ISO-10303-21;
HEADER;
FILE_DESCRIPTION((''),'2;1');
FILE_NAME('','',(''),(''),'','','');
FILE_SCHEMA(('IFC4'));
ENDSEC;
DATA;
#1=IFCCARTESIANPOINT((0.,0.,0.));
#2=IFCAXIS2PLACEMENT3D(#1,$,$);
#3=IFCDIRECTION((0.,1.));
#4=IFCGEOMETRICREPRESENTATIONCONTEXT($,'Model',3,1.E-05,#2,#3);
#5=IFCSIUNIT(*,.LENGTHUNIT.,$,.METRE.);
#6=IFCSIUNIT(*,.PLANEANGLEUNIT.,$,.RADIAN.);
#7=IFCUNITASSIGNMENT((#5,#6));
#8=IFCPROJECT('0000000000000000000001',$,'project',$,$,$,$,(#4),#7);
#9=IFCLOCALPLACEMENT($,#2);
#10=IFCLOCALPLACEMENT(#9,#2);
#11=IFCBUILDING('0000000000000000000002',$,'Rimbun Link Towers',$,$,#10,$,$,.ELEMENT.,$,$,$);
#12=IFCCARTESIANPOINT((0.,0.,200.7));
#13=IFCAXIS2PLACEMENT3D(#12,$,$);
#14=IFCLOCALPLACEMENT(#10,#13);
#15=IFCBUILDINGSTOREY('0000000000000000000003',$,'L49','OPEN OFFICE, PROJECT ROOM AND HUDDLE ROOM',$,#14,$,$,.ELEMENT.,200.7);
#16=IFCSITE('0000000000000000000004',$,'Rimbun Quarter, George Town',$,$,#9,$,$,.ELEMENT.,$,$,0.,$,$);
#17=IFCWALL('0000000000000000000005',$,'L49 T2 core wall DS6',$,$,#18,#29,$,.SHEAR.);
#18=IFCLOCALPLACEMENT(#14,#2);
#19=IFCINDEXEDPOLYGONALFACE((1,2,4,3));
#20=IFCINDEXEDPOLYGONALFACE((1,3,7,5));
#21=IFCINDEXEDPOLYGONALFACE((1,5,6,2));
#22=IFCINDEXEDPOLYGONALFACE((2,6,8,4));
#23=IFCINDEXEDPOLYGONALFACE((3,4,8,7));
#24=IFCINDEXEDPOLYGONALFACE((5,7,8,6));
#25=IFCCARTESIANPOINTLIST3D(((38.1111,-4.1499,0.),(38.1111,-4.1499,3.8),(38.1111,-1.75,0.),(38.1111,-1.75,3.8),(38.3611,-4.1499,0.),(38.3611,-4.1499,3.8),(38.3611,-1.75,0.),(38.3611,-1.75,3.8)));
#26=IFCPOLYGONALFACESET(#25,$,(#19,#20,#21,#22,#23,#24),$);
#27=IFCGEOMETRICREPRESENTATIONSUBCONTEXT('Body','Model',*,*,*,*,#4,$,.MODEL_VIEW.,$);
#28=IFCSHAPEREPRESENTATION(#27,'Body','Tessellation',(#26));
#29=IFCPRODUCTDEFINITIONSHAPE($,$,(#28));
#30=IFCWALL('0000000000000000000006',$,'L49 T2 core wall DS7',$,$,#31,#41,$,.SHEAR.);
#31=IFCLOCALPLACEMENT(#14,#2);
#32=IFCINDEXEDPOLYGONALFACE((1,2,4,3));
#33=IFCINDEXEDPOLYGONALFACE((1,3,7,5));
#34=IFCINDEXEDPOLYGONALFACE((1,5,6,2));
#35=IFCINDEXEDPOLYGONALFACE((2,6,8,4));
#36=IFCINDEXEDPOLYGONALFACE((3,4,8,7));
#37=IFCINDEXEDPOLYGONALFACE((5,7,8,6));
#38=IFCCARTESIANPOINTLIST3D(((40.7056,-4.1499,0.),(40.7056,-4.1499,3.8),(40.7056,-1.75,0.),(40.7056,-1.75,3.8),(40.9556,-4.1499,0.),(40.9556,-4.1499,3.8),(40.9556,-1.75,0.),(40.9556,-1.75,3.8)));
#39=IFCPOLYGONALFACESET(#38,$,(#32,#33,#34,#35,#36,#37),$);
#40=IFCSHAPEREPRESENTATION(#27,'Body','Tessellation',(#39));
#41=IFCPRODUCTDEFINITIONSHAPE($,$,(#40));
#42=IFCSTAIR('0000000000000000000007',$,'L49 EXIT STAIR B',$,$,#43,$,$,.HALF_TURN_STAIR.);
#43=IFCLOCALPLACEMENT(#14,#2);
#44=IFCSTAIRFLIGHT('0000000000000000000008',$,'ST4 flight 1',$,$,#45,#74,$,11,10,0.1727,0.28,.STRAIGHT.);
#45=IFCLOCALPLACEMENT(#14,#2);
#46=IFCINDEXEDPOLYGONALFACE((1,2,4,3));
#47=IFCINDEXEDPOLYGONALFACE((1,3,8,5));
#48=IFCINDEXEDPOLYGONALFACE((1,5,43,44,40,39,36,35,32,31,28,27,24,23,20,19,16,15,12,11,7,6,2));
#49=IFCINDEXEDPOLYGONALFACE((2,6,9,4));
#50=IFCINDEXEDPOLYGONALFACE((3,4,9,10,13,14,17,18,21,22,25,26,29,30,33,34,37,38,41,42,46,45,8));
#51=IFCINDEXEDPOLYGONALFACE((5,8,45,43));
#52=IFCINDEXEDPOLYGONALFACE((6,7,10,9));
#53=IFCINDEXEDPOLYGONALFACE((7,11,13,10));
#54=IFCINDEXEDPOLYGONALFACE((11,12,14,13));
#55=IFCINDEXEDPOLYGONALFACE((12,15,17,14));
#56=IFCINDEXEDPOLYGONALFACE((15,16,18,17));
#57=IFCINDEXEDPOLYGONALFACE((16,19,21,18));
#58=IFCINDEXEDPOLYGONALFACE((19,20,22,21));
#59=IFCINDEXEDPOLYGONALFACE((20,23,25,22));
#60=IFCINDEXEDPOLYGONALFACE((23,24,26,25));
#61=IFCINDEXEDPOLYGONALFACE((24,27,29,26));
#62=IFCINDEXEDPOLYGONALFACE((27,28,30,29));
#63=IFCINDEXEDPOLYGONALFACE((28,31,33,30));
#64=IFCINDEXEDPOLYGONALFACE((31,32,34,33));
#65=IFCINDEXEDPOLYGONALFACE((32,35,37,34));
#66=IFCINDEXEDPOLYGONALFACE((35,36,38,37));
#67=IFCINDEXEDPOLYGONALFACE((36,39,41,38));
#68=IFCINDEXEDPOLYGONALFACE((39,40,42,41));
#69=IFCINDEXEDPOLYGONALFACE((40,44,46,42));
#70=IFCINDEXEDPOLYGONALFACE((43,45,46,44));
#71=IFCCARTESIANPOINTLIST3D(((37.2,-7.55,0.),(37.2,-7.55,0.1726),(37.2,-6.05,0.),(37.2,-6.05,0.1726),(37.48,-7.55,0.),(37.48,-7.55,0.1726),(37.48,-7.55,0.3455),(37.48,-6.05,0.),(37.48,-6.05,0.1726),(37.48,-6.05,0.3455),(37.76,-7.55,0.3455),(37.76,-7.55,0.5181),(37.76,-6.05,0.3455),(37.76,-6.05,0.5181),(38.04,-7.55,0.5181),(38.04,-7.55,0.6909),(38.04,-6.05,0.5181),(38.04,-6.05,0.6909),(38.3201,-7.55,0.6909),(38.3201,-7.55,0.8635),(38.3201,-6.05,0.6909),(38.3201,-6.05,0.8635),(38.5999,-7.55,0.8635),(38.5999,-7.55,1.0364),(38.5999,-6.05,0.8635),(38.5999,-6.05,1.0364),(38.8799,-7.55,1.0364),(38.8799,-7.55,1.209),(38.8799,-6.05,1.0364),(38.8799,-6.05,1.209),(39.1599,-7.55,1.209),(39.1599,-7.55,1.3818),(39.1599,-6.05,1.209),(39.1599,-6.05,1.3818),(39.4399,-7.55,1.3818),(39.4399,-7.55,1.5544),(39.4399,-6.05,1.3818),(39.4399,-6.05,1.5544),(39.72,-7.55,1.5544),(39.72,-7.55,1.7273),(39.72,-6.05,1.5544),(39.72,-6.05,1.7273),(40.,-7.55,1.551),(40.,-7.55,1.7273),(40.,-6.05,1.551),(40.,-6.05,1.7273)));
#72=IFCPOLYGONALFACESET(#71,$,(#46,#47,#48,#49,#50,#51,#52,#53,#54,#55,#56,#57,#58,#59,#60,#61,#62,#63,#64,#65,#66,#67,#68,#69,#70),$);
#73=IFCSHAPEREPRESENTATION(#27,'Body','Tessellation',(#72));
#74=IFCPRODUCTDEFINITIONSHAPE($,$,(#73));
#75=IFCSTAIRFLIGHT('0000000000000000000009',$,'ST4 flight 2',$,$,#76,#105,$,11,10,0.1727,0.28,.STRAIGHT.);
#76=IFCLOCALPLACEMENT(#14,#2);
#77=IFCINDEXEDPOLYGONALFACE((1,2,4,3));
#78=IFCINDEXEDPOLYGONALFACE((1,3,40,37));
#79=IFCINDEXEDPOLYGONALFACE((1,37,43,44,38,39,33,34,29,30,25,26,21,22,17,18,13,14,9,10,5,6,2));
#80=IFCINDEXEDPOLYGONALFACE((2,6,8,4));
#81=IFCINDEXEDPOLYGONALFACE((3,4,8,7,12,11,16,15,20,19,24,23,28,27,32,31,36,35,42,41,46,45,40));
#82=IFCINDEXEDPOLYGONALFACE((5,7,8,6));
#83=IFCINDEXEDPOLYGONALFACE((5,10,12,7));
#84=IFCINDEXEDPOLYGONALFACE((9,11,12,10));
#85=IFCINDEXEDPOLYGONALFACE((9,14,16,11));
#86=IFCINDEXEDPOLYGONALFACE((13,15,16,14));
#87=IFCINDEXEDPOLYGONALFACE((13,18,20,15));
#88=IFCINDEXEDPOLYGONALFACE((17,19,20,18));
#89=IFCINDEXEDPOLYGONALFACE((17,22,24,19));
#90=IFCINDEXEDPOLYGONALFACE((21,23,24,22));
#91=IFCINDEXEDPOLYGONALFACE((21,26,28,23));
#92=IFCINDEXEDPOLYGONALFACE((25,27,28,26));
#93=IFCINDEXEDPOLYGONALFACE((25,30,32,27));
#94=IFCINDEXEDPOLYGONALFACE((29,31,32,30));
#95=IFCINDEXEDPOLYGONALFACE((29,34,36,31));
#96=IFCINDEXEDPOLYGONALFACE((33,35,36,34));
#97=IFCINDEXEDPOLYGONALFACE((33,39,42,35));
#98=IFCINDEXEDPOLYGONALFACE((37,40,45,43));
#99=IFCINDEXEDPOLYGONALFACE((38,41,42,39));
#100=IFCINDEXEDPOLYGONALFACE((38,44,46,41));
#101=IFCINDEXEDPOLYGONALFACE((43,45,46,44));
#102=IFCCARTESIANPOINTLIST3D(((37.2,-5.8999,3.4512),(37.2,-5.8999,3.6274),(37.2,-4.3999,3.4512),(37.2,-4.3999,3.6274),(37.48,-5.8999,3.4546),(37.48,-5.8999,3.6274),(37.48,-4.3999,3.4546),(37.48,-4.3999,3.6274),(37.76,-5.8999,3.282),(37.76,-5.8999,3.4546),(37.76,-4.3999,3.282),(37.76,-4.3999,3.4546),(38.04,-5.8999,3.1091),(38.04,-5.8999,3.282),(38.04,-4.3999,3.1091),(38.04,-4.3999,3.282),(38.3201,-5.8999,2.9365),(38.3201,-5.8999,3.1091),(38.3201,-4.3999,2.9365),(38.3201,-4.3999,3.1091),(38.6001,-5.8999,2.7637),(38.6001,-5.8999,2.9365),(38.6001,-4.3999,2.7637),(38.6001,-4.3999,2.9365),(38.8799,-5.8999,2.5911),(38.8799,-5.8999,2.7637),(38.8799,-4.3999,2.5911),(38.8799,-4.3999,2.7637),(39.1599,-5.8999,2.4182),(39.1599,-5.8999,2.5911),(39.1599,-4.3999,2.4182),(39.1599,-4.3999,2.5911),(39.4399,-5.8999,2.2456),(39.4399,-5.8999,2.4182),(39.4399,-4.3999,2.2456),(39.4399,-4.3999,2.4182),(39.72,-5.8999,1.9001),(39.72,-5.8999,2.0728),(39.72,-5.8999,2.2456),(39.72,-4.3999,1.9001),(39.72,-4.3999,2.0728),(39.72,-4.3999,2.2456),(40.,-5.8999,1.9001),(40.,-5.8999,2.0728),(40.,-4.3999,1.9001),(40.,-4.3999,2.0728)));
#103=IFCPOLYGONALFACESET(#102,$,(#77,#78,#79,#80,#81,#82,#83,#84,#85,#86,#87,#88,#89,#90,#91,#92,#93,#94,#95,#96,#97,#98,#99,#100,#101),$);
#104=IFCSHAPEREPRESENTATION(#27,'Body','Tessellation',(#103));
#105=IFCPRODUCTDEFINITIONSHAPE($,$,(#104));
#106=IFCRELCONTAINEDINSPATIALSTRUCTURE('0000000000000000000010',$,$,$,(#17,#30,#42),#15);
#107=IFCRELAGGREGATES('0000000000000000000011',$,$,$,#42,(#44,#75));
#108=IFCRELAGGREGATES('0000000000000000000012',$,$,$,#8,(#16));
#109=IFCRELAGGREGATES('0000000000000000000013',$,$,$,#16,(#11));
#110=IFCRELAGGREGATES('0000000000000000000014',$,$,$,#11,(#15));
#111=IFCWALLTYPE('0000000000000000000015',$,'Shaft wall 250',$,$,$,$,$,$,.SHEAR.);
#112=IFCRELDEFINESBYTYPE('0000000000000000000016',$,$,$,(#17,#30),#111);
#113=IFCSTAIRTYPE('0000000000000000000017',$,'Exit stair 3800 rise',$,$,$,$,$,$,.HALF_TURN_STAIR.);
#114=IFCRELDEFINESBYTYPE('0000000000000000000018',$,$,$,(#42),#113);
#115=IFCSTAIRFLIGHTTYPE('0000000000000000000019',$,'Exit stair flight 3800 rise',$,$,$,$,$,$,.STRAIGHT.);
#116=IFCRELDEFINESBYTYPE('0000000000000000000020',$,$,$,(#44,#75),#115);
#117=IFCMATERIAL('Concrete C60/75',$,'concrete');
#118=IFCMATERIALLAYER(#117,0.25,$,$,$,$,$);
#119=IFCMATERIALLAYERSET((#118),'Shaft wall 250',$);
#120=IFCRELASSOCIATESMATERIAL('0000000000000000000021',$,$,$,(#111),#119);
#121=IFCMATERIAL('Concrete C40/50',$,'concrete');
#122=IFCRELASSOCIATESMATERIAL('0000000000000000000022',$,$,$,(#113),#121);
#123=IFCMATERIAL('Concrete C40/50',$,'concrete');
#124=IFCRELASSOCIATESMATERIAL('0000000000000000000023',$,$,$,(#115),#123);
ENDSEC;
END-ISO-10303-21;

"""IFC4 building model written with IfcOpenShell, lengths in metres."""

from ifc_helpers import new_model, si_unit, direction, frame, frame_2d, origin, place, context, subcontext, project, spatial, polyline, rectangle, outline, extrude, material, layer, layer_set, type_object, element, aggregate, save


model = new_model("IFC4")

# Units and contexts
model_context = context("Model", 3, precision=1e-05, world=origin(), true_north=direction((0.0, 1.0)))
body_context = subcontext(model_context, "Body", "Model", "MODEL_VIEW")
ifc_project = project(units=[si_unit("LENGTHUNIT", "METRE"), si_unit("PLANEANGLEUNIT", "RADIAN")], contexts=[model_context])

# Site, building, storey
site_placement = place(None, origin())
site = spatial("IfcSite", under=ifc_project, at=site_placement, Name="Rimbun Quarter, George Town", CompositionType="ELEMENT", RefElevation=0.0)
building_placement = place(site_placement, origin())
building = spatial("IfcBuilding", under=site, at=building_placement, Name="Rimbun Link Towers", CompositionType="ELEMENT")
storey_placement = place(building_placement, frame((0.0, 0.0, 200.7)))
storey = spatial("IfcBuildingStorey", under=building, at=storey_placement, Name="L49", Description="OPEN OFFICE, PROJECT ROOM AND HUDDLE ROOM", CompositionType="ELEMENT", Elevation=200.7)

# Walls
ifc_material_1 = material(Name="Concrete C60/75", Category="concrete")
ifc_layer_1 = layer(ifc_material_1, 0.25)
ifc_layer_set_1 = layer_set([ifc_layer_1], Name="Shaft wall 250")
wall_type_1 = type_object("IfcWallType", Name="Shaft wall 250", PredefinedType="SHEAR", material=ifc_layer_set_1)
for number, where, z_axis, x_axis, name in (
    (1, (38.2361, -4.1499, 0.0), (0.0, 0.0, 1.0), (0.0, 1.0, 0.0), "L49 T2 core wall DS6"),
    (2, (40.8306, -4.1499, 0.0), (0.0, 0.0, 1.0), (0.0, 1.0, 0.0), "L49 T2 core wall DS7"),
):
    element("IfcWall", number, at=place(storey_placement, frame(where, z_axis=z_axis, x_axis=x_axis)), inside=storey, type_object=wall_type_1, Name=name, PredefinedType="SHEAR", context=body_context, shape_type="SweptSolid", body=[
        extrude(rectangle(XDim=2.3999, YDim=0.25, at=frame_2d((1.2, 0.0))), origin(), (0.0, 0.0, 1.0), 3.8),
    ])

# Stair, stair flights
ifc_material_2 = material(Name="Concrete C40/50", Category="concrete")
stair_type = type_object("IfcStairType", Name="Exit stair 3800 rise", PredefinedType="HALF_TURN_STAIR", material=ifc_material_2)
stair_placement = place(storey_placement, origin())
stair = element("IfcStair", 3, at=stair_placement, inside=storey, type_object=stair_type, Name="L49 EXIT STAIR B", PredefinedType="HALF_TURN_STAIR")
ifc_material_3 = material(Name="Concrete C40/50", Category="concrete")
stair_flight_type = type_object("IfcStairFlightType", Name="Exit stair flight 3800 rise", PredefinedType="STRAIGHT", material=ifc_material_3)
stair_flight_1_placement = place(storey_placement, frame((37.2, -6.8, 0.0), z_axis=(0.0, 0.0, 1.0), x_axis=(1.0, 0.0, 0.0)))
stair_flight_1 = element("IfcStairFlight", 4, at=stair_flight_1_placement, type_object=stair_flight_type, Name="ST4 flight 1", NumberOfRisers=11, NumberOfTreads=10, PredefinedType="STRAIGHT", RiserHeight=0.1727, TreadLength=0.28, context=body_context, shape_type="SweptSolid", body=[
    extrude(outline(polyline([(0.0, 0.0), (0.0, 0.1726), (0.28, 0.1726), (0.28, 0.3455), (0.5601, 0.3455), (0.5601, 0.5181), (0.8401, 0.5181), (0.8401, 0.6909), (1.1201, 0.6909), (1.1201, 0.8635), (1.3999, 0.8635), (1.3999, 1.0364), (1.6799, 1.0364), (1.6799, 1.209), (1.96, 1.209), (1.96, 1.3818), (2.24, 1.3818), (2.24, 1.5544), (2.52, 1.5544), (2.52, 1.7273), (2.8, 1.7273), (2.8, 1.8999), (2.8, 1.551), (0.28, 0.0), (0.0, 0.0)])), frame((0.0, 0.75, 0.0), z_axis=(0.0, -1.0, 0.0), x_axis=(1.0, 0.0, 0.0)), (0.0, 0.0, 1.0), 1.5),
])
stair_flight_2_placement = place(storey_placement, frame((40.0, -5.1499, 1.9001), z_axis=(0.0, 0.0, 1.0), x_axis=(-1.0, 0.0, 0.0)))
stair_flight_2 = element("IfcStairFlight", 5, at=stair_flight_2_placement, type_object=stair_flight_type, Name="ST4 flight 2", NumberOfRisers=11, NumberOfTreads=10, PredefinedType="STRAIGHT", RiserHeight=0.1727, TreadLength=0.28, context=body_context, shape_type="SweptSolid", body=[
    extrude(outline(polyline([(0.0, 0.0), (0.0, 0.1726), (0.28, 0.1726), (0.28, 0.3455), (0.5601, 0.3455), (0.5601, 0.5181), (0.8401, 0.5181), (0.8401, 0.6909), (1.1201, 0.6909), (1.1201, 0.8635), (1.3999, 0.8635), (1.3999, 1.0364), (1.6799, 1.0364), (1.6799, 1.209), (1.96, 1.209), (1.96, 1.3818), (2.24, 1.3818), (2.24, 1.5544), (2.52, 1.5544), (2.52, 1.7273), (2.8, 1.7273), (2.8, 1.8999), (2.8, 1.551), (0.28, 0.0), (0.0, 0.0)])), frame((0.0, 0.75, 0.0), z_axis=(0.0, -1.0, 0.0), x_axis=(1.0, 0.0, 0.0)), (0.0, 0.0, 1.0), 1.5),
])
aggregate(stair, [stair_flight_1, stair_flight_2])

save(model, "model.ifc")
